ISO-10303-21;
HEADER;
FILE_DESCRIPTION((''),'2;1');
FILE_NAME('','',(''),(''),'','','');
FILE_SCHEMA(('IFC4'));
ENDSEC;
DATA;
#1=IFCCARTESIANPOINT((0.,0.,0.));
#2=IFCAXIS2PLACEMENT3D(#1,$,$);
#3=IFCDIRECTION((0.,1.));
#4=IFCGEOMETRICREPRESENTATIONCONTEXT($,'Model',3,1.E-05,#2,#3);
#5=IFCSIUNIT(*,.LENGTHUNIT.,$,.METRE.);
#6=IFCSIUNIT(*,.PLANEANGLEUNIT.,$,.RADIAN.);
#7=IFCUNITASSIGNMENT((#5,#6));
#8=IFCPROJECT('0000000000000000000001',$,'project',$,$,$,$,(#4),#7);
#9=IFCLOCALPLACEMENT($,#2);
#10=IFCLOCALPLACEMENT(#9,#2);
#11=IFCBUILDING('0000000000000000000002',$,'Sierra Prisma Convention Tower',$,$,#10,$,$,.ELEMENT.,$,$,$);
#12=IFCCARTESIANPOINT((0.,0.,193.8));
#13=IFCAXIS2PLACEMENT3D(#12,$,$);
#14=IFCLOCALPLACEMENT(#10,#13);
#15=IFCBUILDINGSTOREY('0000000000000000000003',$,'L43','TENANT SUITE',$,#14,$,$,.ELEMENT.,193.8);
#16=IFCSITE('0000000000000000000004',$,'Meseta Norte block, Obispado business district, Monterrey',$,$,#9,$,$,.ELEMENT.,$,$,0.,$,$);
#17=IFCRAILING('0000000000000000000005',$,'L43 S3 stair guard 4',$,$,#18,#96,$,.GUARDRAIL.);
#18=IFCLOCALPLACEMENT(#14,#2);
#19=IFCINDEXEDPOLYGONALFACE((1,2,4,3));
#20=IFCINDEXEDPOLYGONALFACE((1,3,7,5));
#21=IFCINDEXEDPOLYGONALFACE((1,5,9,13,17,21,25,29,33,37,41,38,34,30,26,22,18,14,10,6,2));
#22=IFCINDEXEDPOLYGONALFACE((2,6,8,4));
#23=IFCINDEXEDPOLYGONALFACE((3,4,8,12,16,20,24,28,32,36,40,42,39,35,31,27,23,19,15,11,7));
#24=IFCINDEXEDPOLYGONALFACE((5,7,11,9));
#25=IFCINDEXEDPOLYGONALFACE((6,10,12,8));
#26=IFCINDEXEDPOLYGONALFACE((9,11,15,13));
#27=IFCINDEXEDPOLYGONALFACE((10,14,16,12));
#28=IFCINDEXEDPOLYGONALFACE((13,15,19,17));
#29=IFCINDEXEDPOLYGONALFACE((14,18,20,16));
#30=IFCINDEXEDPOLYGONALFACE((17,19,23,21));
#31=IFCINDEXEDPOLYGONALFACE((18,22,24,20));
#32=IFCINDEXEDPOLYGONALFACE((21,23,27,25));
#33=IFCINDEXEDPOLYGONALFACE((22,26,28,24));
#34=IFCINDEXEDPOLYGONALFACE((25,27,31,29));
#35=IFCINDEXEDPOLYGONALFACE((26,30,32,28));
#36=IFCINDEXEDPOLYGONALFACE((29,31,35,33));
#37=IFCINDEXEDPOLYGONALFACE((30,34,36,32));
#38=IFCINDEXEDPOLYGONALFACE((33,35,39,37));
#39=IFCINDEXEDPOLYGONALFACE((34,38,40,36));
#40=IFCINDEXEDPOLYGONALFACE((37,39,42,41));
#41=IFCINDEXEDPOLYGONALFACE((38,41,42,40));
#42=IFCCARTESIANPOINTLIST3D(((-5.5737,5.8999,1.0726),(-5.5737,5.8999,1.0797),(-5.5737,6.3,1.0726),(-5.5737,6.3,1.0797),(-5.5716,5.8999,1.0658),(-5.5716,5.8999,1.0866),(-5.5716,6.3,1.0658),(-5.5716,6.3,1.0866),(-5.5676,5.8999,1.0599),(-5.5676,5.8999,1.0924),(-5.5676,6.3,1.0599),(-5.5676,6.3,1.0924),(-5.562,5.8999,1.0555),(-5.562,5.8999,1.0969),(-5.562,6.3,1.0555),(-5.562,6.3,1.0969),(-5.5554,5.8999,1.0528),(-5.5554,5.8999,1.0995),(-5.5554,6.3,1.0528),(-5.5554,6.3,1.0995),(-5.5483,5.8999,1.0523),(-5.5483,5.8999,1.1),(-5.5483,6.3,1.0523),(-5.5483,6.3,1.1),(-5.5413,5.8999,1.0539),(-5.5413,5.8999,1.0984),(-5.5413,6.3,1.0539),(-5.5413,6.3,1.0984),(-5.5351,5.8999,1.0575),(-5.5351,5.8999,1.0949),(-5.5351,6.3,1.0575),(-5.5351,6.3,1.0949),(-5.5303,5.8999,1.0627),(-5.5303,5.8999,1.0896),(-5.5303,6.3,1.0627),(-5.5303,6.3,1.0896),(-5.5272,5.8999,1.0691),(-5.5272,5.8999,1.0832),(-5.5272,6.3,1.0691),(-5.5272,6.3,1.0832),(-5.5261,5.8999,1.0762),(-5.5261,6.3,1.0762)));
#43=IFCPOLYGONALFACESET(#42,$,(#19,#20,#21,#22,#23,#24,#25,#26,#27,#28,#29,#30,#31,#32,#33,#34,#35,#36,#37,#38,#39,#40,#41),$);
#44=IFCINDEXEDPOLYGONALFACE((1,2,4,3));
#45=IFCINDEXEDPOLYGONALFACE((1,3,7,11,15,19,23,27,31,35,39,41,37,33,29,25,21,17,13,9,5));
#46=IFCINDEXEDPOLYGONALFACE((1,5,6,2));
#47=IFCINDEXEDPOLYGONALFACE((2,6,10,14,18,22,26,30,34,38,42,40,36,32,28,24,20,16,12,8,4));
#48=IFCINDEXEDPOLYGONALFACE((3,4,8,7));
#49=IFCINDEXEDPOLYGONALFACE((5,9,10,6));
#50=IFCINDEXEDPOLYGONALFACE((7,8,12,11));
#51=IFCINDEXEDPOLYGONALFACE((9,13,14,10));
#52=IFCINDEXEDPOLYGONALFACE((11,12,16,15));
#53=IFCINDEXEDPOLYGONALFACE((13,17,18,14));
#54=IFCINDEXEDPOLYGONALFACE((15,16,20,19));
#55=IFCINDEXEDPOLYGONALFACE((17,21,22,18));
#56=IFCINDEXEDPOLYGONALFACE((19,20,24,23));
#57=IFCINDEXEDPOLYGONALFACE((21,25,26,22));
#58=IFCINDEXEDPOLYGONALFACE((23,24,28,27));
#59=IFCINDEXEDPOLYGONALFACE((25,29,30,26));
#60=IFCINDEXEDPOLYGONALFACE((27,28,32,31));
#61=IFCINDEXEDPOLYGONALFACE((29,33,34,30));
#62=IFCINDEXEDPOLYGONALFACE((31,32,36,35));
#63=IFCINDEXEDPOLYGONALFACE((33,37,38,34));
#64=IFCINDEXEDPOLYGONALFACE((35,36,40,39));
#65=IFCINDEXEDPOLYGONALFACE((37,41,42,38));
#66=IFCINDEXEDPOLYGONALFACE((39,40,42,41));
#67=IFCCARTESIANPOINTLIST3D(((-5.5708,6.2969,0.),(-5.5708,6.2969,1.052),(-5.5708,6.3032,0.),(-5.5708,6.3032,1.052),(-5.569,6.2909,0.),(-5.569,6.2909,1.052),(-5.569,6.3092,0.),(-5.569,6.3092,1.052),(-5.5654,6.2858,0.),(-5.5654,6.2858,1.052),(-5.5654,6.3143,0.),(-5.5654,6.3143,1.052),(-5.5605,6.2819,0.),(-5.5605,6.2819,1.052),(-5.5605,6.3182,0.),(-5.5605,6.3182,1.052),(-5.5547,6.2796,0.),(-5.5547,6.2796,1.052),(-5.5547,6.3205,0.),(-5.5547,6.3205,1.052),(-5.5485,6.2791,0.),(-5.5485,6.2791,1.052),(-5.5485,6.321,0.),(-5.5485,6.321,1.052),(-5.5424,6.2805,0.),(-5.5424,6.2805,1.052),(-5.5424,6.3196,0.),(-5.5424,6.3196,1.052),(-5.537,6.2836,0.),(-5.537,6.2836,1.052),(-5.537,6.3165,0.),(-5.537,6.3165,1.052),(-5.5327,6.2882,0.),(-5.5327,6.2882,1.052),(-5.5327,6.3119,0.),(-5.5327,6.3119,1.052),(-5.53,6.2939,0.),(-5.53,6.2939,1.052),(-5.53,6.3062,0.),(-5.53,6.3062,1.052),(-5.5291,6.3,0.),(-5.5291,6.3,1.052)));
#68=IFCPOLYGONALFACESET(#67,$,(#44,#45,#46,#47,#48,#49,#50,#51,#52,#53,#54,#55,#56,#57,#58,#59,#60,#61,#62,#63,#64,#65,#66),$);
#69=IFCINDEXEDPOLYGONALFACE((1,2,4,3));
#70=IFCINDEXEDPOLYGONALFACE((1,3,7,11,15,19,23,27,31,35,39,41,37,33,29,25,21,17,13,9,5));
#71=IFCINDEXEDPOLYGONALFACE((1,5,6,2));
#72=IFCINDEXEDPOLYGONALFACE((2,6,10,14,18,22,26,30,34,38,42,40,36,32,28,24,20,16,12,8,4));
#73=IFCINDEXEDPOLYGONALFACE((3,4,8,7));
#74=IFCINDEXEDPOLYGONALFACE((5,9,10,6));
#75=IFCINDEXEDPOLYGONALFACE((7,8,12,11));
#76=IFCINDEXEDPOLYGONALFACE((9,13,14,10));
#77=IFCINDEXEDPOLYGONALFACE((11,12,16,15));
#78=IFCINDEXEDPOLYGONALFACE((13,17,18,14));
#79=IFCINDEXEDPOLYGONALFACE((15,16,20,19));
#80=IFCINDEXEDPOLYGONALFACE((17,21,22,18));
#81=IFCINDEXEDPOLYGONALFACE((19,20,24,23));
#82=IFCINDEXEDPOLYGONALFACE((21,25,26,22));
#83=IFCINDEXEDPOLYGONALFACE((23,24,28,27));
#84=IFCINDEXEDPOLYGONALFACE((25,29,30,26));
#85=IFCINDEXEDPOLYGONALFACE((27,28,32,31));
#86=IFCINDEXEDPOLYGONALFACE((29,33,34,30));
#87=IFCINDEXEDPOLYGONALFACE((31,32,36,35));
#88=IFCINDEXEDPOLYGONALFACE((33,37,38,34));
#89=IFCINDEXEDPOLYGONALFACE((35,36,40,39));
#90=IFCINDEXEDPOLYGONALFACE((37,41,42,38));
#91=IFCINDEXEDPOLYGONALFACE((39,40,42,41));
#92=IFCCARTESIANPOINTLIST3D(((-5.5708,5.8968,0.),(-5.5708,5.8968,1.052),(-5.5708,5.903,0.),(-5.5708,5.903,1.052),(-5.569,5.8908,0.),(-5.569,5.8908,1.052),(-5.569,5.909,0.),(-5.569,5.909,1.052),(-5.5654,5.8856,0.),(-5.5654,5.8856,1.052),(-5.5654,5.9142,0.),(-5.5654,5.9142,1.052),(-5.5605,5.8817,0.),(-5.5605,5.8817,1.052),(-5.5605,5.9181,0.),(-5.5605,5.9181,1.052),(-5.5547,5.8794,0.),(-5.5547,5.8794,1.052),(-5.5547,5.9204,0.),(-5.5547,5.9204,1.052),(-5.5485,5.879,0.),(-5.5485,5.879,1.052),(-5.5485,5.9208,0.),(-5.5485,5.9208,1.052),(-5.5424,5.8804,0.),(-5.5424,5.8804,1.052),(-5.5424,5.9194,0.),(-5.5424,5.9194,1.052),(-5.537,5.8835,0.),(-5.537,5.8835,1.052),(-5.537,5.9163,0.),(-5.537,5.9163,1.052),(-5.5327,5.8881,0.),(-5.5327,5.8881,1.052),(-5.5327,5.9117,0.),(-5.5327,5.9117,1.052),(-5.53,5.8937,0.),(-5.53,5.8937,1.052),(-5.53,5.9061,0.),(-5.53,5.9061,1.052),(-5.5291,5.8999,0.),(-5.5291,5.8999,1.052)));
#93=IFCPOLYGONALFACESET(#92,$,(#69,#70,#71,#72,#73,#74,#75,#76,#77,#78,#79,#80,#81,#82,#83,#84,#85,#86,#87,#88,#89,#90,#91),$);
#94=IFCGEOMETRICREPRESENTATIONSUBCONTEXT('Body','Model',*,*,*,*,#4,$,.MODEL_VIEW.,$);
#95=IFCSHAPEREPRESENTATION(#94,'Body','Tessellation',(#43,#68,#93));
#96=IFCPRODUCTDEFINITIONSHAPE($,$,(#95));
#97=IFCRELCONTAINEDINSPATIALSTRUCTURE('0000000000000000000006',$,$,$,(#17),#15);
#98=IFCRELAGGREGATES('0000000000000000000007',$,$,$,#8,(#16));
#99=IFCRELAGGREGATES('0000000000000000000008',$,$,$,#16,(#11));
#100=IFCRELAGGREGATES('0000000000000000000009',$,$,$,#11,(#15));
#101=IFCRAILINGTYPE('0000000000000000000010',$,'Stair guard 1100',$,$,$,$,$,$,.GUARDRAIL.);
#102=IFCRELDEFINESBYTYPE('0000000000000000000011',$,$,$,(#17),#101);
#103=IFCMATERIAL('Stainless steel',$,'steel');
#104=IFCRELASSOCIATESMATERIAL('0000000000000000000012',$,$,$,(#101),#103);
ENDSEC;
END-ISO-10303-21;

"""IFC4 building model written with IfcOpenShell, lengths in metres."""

from ifc_helpers import new_model, si_unit, direction, frame, origin, origin_2d, place, context, subcontext, project, spatial, circle, extrude, material, type_object, element, save


model = new_model("IFC4")

# Units and contexts
model_context = context("Model", 3, precision=1e-05, world=origin(), true_north=direction((0.0, 1.0)))
body_context = subcontext(model_context, "Body", "Model", "MODEL_VIEW")
ifc_project = project(units=[si_unit("LENGTHUNIT", "METRE"), si_unit("PLANEANGLEUNIT", "RADIAN")], contexts=[model_context])

# Site, building, storey
site_placement = place(None, origin())
site = spatial("IfcSite", under=ifc_project, at=site_placement, Name="Meseta Norte block, Obispado business district, Monterrey", CompositionType="ELEMENT", RefElevation=0.0)
building_placement = place(site_placement, origin())
building = spatial("IfcBuilding", under=site, at=building_placement, Name="Sierra Prisma Convention Tower", CompositionType="ELEMENT")
storey_placement = place(building_placement, frame((0.0, 0.0, 193.8)))
storey = spatial("IfcBuildingStorey", under=building, at=storey_placement, Name="L43", Description="TENANT SUITE", CompositionType="ELEMENT", Elevation=193.8)

# Railing
ifc_material_1 = material(Name="Stainless steel", Category="steel")
railing_type_1 = type_object("IfcRailingType", Name="Stair guard 1100", PredefinedType="GUARDRAIL", material=ifc_material_1)
railing_1_placement = place(storey_placement, frame((-5.55, 6.3, 0.0)))
element("IfcRailing", 1, at=railing_1_placement, inside=storey, type_object=railing_type_1, Name="L43 S3 stair guard 4", PredefinedType="GUARDRAIL", context=body_context, shape_type="SweptSolid", body=[
    extrude(circle(Radius=0.0239, at=origin_2d()), frame((0.0, 0.0, 1.0762), z_axis=(0.0, -1.0, 0.0), x_axis=(1.0, 0.0, 0.0)), (0.0, 0.0, 1.0), 0.4001),
    extrude(circle(Radius=0.021, at=origin_2d()), origin(), (0.0, 0.0, 1.0), 1.052),
    extrude(circle(Radius=0.021, at=origin_2d()), frame((0.0, -0.4001, 0.0)), (0.0, 0.0, 1.0), 1.052),
])

save(model, "model.ifc")
